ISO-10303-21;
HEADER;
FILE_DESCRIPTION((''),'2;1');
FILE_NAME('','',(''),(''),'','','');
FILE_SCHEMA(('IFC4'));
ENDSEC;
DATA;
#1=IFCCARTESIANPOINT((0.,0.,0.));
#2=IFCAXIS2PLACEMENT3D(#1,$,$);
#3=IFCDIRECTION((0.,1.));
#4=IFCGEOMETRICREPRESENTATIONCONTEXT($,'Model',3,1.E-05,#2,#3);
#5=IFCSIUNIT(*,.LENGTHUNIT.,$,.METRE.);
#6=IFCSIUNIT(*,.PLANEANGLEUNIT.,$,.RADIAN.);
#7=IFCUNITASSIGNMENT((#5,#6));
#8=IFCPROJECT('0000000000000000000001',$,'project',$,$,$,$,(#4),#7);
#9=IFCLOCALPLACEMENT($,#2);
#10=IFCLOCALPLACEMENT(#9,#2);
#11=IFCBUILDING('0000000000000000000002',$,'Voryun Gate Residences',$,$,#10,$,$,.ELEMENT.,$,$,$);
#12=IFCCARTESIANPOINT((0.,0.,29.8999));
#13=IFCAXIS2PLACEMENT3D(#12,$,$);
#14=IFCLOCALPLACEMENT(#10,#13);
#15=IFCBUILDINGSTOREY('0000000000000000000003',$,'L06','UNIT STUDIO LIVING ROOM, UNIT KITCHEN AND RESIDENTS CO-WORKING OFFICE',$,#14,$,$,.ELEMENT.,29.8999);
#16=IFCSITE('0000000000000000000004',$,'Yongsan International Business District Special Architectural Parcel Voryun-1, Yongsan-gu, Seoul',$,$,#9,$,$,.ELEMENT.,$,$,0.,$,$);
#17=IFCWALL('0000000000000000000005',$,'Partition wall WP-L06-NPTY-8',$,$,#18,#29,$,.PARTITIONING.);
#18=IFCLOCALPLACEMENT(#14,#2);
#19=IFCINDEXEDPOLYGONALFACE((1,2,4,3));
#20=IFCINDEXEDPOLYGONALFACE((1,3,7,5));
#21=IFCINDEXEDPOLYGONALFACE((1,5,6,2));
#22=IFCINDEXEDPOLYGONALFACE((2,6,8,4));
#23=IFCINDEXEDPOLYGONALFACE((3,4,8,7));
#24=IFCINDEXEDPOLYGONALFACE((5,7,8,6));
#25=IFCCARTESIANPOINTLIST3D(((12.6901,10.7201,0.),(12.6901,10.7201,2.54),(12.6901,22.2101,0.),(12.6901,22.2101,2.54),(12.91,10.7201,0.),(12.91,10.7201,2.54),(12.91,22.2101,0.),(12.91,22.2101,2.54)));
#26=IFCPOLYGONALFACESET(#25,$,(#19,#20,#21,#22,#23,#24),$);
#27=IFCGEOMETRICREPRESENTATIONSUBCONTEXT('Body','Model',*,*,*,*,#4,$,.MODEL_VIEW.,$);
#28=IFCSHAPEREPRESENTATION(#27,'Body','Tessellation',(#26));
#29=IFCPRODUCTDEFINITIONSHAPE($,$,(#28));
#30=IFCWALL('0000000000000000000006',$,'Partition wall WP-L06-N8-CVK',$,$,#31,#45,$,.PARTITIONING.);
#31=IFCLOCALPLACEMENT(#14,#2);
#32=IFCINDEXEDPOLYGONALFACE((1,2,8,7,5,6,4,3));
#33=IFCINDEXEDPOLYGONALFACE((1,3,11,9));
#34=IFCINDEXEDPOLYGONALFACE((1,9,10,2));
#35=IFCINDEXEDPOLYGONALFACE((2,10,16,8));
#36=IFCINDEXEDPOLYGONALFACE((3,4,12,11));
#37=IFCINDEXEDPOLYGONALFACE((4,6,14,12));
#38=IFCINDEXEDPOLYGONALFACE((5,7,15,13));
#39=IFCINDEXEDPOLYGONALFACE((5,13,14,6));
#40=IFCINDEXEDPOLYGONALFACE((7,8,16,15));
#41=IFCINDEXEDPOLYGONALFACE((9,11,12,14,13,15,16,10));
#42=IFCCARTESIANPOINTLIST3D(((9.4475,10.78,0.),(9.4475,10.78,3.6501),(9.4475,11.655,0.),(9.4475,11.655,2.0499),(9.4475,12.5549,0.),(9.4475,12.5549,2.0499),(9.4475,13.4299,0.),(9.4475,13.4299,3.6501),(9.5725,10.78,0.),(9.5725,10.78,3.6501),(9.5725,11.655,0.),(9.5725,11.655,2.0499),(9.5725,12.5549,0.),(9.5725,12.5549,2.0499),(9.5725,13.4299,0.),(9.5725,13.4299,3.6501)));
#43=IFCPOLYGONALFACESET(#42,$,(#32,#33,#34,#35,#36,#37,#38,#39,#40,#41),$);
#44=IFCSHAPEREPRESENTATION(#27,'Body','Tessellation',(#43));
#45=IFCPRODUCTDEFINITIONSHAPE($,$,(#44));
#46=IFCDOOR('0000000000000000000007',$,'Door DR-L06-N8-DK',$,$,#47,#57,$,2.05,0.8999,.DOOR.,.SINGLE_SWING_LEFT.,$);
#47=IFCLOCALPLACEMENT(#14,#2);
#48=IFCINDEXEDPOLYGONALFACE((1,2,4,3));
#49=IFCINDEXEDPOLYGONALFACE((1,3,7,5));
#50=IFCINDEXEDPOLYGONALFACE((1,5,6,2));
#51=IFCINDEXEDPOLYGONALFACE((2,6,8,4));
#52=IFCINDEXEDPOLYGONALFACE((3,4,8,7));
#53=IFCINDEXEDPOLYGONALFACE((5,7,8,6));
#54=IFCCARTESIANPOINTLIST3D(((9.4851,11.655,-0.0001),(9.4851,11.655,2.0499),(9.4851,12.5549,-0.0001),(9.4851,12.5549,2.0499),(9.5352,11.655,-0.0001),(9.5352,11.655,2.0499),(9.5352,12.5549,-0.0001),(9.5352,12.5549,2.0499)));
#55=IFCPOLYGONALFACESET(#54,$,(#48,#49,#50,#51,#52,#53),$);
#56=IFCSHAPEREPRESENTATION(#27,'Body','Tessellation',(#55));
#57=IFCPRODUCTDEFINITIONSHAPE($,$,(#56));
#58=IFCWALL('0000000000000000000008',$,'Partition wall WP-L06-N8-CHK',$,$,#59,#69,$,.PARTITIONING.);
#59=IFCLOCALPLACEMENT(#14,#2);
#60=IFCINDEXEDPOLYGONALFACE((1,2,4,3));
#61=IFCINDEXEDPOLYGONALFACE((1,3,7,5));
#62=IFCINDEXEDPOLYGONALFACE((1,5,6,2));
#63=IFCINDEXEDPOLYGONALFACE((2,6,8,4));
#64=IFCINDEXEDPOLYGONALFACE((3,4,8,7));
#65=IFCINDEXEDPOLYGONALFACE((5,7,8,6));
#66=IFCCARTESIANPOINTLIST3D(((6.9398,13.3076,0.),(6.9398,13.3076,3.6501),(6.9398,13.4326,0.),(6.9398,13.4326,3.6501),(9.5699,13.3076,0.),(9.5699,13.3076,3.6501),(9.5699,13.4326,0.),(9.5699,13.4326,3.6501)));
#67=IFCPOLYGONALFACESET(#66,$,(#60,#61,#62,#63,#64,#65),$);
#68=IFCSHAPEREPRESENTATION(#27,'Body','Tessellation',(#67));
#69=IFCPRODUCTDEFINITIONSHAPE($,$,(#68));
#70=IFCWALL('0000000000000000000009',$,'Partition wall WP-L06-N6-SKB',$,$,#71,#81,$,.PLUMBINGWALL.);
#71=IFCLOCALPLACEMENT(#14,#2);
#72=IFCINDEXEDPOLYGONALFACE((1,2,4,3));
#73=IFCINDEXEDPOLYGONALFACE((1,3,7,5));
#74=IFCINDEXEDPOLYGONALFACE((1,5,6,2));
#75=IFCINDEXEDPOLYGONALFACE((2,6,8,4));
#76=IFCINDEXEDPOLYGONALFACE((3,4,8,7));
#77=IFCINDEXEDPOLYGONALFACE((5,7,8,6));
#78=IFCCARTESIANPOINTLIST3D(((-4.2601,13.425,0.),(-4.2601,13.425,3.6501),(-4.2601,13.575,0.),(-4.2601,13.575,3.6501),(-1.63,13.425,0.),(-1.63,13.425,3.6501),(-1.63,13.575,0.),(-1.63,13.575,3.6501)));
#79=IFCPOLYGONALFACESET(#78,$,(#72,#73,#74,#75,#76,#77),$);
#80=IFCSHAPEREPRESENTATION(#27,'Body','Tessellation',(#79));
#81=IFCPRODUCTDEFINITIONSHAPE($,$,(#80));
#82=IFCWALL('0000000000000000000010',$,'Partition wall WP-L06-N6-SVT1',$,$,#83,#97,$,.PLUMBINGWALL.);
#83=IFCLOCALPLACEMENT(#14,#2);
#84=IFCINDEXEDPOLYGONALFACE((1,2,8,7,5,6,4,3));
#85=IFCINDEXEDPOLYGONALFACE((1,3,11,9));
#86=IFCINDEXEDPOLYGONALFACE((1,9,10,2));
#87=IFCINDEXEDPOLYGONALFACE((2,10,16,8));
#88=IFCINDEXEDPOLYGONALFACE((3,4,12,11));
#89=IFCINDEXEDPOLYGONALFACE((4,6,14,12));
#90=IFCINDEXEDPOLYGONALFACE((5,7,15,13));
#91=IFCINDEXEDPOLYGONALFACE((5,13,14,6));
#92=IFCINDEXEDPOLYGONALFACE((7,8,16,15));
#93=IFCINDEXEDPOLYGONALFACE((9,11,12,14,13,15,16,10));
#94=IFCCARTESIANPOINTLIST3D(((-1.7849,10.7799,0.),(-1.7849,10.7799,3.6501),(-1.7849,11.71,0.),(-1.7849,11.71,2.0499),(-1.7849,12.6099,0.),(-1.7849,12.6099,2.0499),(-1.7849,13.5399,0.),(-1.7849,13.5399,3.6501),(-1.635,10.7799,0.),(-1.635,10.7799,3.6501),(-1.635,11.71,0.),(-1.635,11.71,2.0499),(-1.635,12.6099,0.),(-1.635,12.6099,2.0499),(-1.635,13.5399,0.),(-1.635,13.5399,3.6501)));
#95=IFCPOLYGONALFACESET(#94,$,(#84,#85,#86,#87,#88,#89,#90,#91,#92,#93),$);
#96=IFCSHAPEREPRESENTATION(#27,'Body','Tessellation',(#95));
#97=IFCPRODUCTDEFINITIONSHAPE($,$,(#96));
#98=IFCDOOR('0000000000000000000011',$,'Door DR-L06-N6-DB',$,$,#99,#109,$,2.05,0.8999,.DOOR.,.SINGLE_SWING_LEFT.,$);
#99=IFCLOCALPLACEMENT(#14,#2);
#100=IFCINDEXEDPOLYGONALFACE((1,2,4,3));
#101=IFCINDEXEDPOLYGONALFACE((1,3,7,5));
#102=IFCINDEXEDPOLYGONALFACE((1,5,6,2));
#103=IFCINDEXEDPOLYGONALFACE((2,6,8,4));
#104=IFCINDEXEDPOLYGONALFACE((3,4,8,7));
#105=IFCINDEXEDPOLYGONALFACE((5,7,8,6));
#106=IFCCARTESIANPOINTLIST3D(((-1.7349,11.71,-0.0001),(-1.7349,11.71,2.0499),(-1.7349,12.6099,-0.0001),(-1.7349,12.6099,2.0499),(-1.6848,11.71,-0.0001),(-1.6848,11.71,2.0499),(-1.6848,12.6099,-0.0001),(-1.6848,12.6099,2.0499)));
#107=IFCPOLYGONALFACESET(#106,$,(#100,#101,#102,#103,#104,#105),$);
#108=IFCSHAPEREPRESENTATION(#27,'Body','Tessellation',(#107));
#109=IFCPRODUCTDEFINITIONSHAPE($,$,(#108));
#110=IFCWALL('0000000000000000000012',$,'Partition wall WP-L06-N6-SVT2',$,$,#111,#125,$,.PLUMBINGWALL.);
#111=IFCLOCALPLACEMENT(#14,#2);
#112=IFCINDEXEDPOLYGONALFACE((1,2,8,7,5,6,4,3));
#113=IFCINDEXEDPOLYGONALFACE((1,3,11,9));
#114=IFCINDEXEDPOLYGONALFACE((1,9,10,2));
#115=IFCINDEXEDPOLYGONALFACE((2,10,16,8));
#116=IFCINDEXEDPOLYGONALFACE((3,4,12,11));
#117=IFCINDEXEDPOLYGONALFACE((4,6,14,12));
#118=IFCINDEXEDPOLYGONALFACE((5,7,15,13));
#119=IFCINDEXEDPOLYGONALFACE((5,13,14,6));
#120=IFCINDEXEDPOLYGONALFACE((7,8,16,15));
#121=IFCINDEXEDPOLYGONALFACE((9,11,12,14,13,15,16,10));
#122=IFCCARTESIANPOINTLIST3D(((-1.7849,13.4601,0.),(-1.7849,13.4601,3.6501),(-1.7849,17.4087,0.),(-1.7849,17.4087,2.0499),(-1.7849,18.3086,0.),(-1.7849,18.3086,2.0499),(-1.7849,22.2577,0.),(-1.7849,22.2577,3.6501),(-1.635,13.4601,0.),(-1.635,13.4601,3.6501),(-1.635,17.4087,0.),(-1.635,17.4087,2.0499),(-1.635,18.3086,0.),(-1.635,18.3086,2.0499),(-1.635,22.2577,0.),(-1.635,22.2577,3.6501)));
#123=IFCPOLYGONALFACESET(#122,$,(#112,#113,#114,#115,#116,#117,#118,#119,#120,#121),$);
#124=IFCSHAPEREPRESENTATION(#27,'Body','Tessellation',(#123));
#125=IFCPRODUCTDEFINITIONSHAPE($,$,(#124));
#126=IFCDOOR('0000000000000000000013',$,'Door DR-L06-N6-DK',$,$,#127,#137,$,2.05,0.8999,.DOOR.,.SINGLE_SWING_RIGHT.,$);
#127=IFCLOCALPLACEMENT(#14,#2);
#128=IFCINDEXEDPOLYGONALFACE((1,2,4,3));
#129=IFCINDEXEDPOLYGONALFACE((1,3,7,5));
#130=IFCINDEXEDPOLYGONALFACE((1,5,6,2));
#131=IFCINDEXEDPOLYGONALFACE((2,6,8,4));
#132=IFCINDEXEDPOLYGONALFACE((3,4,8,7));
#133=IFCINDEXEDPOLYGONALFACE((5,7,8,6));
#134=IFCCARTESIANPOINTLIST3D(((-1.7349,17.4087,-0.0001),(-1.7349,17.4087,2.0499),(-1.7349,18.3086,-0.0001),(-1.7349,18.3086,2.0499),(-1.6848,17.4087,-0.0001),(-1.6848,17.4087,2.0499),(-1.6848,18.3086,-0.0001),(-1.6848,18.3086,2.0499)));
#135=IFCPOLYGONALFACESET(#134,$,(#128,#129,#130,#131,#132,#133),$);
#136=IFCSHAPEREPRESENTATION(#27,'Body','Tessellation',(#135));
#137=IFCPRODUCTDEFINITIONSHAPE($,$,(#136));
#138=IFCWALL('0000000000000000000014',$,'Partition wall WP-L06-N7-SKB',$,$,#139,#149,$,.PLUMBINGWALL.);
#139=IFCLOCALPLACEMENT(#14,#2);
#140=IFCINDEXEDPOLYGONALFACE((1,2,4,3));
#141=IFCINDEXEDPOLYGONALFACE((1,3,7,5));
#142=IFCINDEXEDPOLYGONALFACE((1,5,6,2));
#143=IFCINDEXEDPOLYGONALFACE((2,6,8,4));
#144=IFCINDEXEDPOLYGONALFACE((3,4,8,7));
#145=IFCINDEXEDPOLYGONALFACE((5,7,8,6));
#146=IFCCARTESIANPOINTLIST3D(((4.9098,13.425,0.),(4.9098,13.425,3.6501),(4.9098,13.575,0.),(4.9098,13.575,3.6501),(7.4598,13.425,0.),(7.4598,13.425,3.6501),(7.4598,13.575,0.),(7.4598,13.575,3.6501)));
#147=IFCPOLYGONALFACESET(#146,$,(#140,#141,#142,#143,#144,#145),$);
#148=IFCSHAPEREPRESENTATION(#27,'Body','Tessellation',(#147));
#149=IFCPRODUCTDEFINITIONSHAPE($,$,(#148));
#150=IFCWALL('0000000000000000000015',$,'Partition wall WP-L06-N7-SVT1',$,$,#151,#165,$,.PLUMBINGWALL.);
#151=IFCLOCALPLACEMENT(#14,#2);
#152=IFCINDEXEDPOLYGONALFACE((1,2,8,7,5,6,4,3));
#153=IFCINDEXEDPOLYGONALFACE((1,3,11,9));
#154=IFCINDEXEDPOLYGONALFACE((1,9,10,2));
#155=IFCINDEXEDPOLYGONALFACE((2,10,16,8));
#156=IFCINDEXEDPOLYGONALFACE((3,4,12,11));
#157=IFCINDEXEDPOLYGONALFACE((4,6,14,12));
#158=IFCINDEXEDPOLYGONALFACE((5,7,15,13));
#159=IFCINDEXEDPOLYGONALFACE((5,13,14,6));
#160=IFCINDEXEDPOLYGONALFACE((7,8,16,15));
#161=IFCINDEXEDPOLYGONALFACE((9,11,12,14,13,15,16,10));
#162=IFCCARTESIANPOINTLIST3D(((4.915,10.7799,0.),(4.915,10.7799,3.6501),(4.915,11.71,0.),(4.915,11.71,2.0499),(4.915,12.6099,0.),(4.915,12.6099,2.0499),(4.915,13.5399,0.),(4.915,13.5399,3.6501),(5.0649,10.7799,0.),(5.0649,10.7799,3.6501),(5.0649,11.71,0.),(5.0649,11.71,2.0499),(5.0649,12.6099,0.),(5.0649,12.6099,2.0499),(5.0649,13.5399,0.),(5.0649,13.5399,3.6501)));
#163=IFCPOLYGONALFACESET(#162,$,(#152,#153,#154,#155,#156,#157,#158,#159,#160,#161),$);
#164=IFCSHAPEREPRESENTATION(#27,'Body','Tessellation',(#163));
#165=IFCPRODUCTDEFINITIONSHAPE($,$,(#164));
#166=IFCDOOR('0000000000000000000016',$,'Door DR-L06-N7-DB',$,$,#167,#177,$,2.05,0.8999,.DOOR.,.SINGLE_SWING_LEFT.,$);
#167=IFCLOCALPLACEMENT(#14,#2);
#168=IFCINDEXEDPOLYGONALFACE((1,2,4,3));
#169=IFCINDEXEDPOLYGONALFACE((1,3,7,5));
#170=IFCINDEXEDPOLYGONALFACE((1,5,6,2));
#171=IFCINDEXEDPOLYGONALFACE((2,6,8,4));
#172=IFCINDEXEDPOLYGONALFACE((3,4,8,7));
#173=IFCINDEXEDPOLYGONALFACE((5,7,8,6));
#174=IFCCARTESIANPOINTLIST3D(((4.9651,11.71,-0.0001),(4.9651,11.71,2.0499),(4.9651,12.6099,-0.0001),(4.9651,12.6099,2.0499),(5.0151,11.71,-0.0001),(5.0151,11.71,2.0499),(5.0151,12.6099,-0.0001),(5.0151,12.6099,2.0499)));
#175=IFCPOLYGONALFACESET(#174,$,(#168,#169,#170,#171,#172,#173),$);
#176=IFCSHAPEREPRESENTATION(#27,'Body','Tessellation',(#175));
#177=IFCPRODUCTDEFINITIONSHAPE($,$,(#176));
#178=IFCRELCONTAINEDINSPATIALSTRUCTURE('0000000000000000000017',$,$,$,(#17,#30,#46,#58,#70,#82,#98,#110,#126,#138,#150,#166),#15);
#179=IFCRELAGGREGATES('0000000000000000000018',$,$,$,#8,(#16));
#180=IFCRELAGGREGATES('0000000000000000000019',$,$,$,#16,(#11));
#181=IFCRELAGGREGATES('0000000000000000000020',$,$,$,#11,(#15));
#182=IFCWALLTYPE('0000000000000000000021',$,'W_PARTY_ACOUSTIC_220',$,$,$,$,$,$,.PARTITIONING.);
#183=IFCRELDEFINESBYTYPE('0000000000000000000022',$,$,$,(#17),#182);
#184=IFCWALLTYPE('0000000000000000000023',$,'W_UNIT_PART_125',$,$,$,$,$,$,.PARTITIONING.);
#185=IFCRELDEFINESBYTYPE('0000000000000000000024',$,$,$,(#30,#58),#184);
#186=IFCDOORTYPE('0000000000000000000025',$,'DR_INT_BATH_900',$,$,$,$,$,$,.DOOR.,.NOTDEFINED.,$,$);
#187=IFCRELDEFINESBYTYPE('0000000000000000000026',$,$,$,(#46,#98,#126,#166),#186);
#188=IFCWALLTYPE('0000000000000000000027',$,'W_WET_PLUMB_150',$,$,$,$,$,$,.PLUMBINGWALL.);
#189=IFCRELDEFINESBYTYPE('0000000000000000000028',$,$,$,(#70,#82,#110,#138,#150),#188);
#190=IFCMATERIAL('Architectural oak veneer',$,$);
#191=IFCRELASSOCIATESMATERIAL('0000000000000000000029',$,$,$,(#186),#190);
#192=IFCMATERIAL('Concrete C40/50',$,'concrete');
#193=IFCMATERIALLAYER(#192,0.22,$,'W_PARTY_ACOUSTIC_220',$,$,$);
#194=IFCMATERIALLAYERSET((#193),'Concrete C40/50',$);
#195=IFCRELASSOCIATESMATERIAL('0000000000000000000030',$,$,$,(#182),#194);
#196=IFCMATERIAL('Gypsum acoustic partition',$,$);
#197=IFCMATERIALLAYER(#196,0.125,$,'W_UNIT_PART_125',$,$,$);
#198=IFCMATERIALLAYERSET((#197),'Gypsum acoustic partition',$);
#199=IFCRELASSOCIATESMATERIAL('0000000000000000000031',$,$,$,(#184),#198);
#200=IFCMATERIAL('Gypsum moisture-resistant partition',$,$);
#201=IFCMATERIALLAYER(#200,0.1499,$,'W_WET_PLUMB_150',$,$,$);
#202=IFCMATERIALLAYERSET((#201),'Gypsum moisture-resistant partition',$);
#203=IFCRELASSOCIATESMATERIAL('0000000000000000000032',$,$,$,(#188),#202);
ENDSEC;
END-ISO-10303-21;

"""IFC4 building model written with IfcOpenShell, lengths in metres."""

from ifc_helpers import new_model, si_unit, direction, frame, frame_2d, origin, place, context, subcontext, project, spatial, rectangle, extrude, material, layer, layer_set, type_object, element, fill, save


model = new_model("IFC4")

# Units and contexts
model_context = context("Model", 3, precision=1e-05, world=origin(), true_north=direction((0.0, 1.0)))
body_context = subcontext(model_context, "Body", "Model", "MODEL_VIEW")
ifc_project = project(units=[si_unit("LENGTHUNIT", "METRE"), si_unit("PLANEANGLEUNIT", "RADIAN")], contexts=[model_context])

# Site, building, storey
site_placement = place(None, origin())
site = spatial("IfcSite", under=ifc_project, at=site_placement, Name="Yongsan International Business District Special Architectural Parcel Voryun-1, Yongsan-gu, Seoul", CompositionType="ELEMENT", RefElevation=0.0)
building_placement = place(site_placement, origin())
building = spatial("IfcBuilding", under=site, at=building_placement, Name="Voryun Gate Residences", CompositionType="ELEMENT")
storey_placement = place(building_placement, frame((0.0, 0.0, 29.8999)))
storey = spatial("IfcBuildingStorey", under=building, at=storey_placement, Name="L06", Description="UNIT STUDIO LIVING ROOM, UNIT KITCHEN AND RESIDENTS CO-WORKING OFFICE", CompositionType="ELEMENT", Elevation=29.8999)

# Shared definitions
ifc_material_1 = material(Name="Architectural oak veneer")
door_type = type_object("IfcDoorType", Name="DR_INT_BATH_900", OperationType="NOTDEFINED", PredefinedType="DOOR", material=ifc_material_1)

# Wall
ifc_material_2 = material(Name="Concrete C40/50", Category="concrete")
ifc_layer_1 = layer(ifc_material_2, 0.22, Name="W_PARTY_ACOUSTIC_220")
ifc_layer_set_1 = layer_set([ifc_layer_1], Name="Concrete C40/50")
wall_type_1 = type_object("IfcWallType", Name="W_PARTY_ACOUSTIC_220", PredefinedType="PARTITIONING", material=ifc_layer_set_1)
wall_1_placement = place(storey_placement, frame((12.8, 10.72, 0.0), z_axis=(0.0, 0.0, 1.0), x_axis=(0.0, 1.0, 0.0)))
element("IfcWall", 1, at=wall_1_placement, inside=storey, type_object=wall_type_1, Name="Partition wall WP-L06-NPTY-8", PredefinedType="PARTITIONING", context=body_context, shape_type="SweptSolid", body=[
    extrude(rectangle(XDim=11.49, YDim=0.22, at=frame_2d((5.7451, 0.0))), origin(), (0.0, 0.0, 1.0), 2.54),
])

# Wall, opening, door
ifc_material_3 = material(Name="Gypsum acoustic partition")
ifc_layer_2 = layer(ifc_material_3, 0.125, Name="W_UNIT_PART_125")
ifc_layer_set_2 = layer_set([ifc_layer_2], Name="Gypsum acoustic partition")
wall_type_2 = type_object("IfcWallType", Name="W_UNIT_PART_125", PredefinedType="PARTITIONING", material=ifc_layer_set_2)
wall_2_placement = place(storey_placement, frame((9.51, 10.78, 0.0), z_axis=(0.0, 0.0, 1.0), x_axis=(0.0, 1.0, 0.0)))
wall_2 = element("IfcWall", 2, at=wall_2_placement, inside=storey, type_object=wall_type_2, Name="Partition wall WP-L06-N8-CVK", PredefinedType="PARTITIONING", context=body_context, shape_type="SweptSolid", body=[
    extrude(rectangle(XDim=2.6499, YDim=0.125, at=frame_2d((1.325, 0.0))), origin(), (0.0, 0.0, 1.0), 3.6501),
])
opening_1_placement = place(wall_2_placement, frame((0.875, 0.0, 0.0)))
opening_1 = element("IfcOpeningElement", 3, at=opening_1_placement, cuts=wall_2, PredefinedType="OPENING", context=body_context, shape_type="SweptSolid", body=[
    extrude(rectangle(XDim=0.8999, YDim=2.05, at=frame_2d((0.45, 1.0249))), frame((0.0, 0.0725, 0.0), z_axis=(0.0, -1.0, 0.0), x_axis=(1.0, 0.0, 0.0)), (0.0, 0.0, 1.0), 0.145),
])
door_1_placement = place(opening_1_placement, origin())
door_1 = element("IfcDoor", 4, at=door_1_placement, inside=storey, type_object=door_type, Name="Door DR-L06-N8-DK", OperationType="SINGLE_SWING_LEFT", OverallHeight=2.05, OverallWidth=0.8999, PredefinedType="DOOR", context=body_context, shape_type="SweptSolid", body=[
    extrude(rectangle(XDim=0.8999, YDim=2.05, at=frame_2d((0.45, 1.0249))), frame((0.0, 0.0249, 0.0), z_axis=(0.0, -1.0, 0.0), x_axis=(1.0, 0.0, 0.0)), (0.0, 0.0, 1.0), 0.05),
])
fill(opening_1, door_1)

# Walls
wall_3_placement = place(storey_placement, frame((6.9399, 13.3701, 0.0), z_axis=(0.0, 0.0, 1.0), x_axis=(1.0, 0.0, 0.0)))
element("IfcWall", 5, at=wall_3_placement, inside=storey, type_object=wall_type_2, Name="Partition wall WP-L06-N8-CHK", PredefinedType="PARTITIONING", context=body_context, shape_type="SweptSolid", body=[
    extrude(rectangle(XDim=2.6301, YDim=0.125, at=frame_2d((1.3149, 0.0))), origin(), (0.0, 0.0, 1.0), 3.6501),
])
ifc_material_4 = material(Name="Gypsum moisture-resistant partition")
ifc_layer_3 = layer(ifc_material_4, 0.1499, Name="W_WET_PLUMB_150")
ifc_layer_set_3 = layer_set([ifc_layer_3], Name="Gypsum moisture-resistant partition")
wall_type_3 = type_object("IfcWallType", Name="W_WET_PLUMB_150", PredefinedType="PLUMBINGWALL", material=ifc_layer_set_3)
wall_4_placement = place(storey_placement, frame((-4.26, 13.5, 0.0), z_axis=(0.0, 0.0, 1.0), x_axis=(1.0, 0.0, 0.0)))
element("IfcWall", 6, at=wall_4_placement, inside=storey, type_object=wall_type_3, Name="Partition wall WP-L06-N6-SKB", PredefinedType="PLUMBINGWALL", context=body_context, shape_type="SweptSolid", body=[
    extrude(rectangle(XDim=2.6301, YDim=0.1499, at=frame_2d((1.3149, 0.0))), origin(), (0.0, 0.0, 1.0), 3.6501),
])

# Walls, openings, doors
wall_5_placement = place(storey_placement, frame((-1.71, 10.78, 0.0), z_axis=(0.0, 0.0, 1.0), x_axis=(0.0, 1.0, 0.0)))
wall_5 = element("IfcWall", 7, at=wall_5_placement, inside=storey, type_object=wall_type_3, Name="Partition wall WP-L06-N6-SVT1", PredefinedType="PLUMBINGWALL", context=body_context, shape_type="SweptSolid", body=[
    extrude(rectangle(XDim=2.76, YDim=0.1499, at=frame_2d((1.3799, 0.0))), origin(), (0.0, 0.0, 1.0), 3.6501),
])
opening_2_placement = place(wall_5_placement, frame((0.9299, 0.0, 0.0)))
opening_2 = element("IfcOpeningElement", 8, at=opening_2_placement, cuts=wall_5, PredefinedType="OPENING", context=body_context, shape_type="SweptSolid", body=[
    extrude(rectangle(XDim=0.8999, YDim=2.05, at=frame_2d((0.45, 1.0249))), frame((0.0, 0.085, 0.0), z_axis=(0.0, -1.0, 0.0), x_axis=(1.0, 0.0, 0.0)), (0.0, 0.0, 1.0), 0.1699),
])
door_2_placement = place(opening_2_placement, origin())
door_2 = element("IfcDoor", 9, at=door_2_placement, inside=storey, type_object=door_type, Name="Door DR-L06-N6-DB", OperationType="SINGLE_SWING_LEFT", OverallHeight=2.05, OverallWidth=0.8999, PredefinedType="DOOR", context=body_context, shape_type="SweptSolid", body=[
    extrude(rectangle(XDim=0.8999, YDim=2.05, at=frame_2d((0.45, 1.0249))), frame((0.0, 0.0249, 0.0), z_axis=(0.0, -1.0, 0.0), x_axis=(1.0, 0.0, 0.0)), (0.0, 0.0, 1.0), 0.05),
])
fill(opening_2, door_2)
wall_6_placement = place(storey_placement, frame((-1.71, 13.46, 0.0), z_axis=(0.0, 0.0, 1.0), x_axis=(0.0, 1.0, 0.0)))
wall_6 = element("IfcWall", 10, at=wall_6_placement, inside=storey, type_object=wall_type_3, Name="Partition wall WP-L06-N6-SVT2", PredefinedType="PLUMBINGWALL", context=body_context, shape_type="SweptSolid", body=[
    extrude(rectangle(XDim=8.7976, YDim=0.1499, at=frame_2d((4.3989, 0.0))), origin(), (0.0, 0.0, 1.0), 3.6501),
])
opening_3_placement = place(wall_6_placement, frame((3.9487, 0.0, 0.0)))
opening_3 = element("IfcOpeningElement", 11, at=opening_3_placement, cuts=wall_6, PredefinedType="OPENING", context=body_context, shape_type="SweptSolid", body=[
    extrude(rectangle(XDim=0.8999, YDim=2.05, at=frame_2d((0.45, 1.0249))), frame((0.0, 0.085, 0.0), z_axis=(0.0, -1.0, 0.0), x_axis=(1.0, 0.0, 0.0)), (0.0, 0.0, 1.0), 0.1699),
])
door_3_placement = place(opening_3_placement, origin())
door_3 = element("IfcDoor", 12, at=door_3_placement, inside=storey, type_object=door_type, Name="Door DR-L06-N6-DK", OperationType="SINGLE_SWING_RIGHT", OverallHeight=2.05, OverallWidth=0.8999, PredefinedType="DOOR", context=body_context, shape_type="SweptSolid", body=[
    extrude(rectangle(XDim=0.8999, YDim=2.05, at=frame_2d((0.45, 1.0249))), frame((0.0, 0.0249, 0.0), z_axis=(0.0, -1.0, 0.0), x_axis=(1.0, 0.0, 0.0)), (0.0, 0.0, 1.0), 0.05),
])
fill(opening_3, door_3)

# Wall
wall_7_placement = place(storey_placement, frame((4.9099, 13.5, 0.0), z_axis=(0.0, 0.0, 1.0), x_axis=(1.0, 0.0, 0.0)))
element("IfcWall", 13, at=wall_7_placement, inside=storey, type_object=wall_type_3, Name="Partition wall WP-L06-N7-SKB", PredefinedType="PLUMBINGWALL", context=body_context, shape_type="SweptSolid", body=[
    extrude(rectangle(XDim=2.55, YDim=0.1499, at=frame_2d((1.2749, 0.0))), origin(), (0.0, 0.0, 1.0), 3.6501),
])

# Wall, opening, door
wall_8_placement = place(storey_placement, frame((4.99, 10.78, 0.0), z_axis=(0.0, 0.0, 1.0), x_axis=(0.0, 1.0, 0.0)))
wall_8 = element("IfcWall", 14, at=wall_8_placement, inside=storey, type_object=wall_type_3, Name="Partition wall WP-L06-N7-SVT1", PredefinedType="PLUMBINGWALL", context=body_context, shape_type="SweptSolid", body=[
    extrude(rectangle(XDim=2.76, YDim=0.1499, at=frame_2d((1.3799, 0.0))), origin(), (0.0, 0.0, 1.0), 3.6501),
])
opening_4_placement = place(wall_8_placement, frame((0.9299, 0.0, 0.0)))
opening_4 = element("IfcOpeningElement", 15, at=opening_4_placement, cuts=wall_8, PredefinedType="OPENING", context=body_context, shape_type="SweptSolid", body=[
    extrude(rectangle(XDim=0.8999, YDim=2.05, at=frame_2d((0.45, 1.0249))), frame((0.0, 0.085, 0.0), z_axis=(0.0, -1.0, 0.0), x_axis=(1.0, 0.0, 0.0)), (0.0, 0.0, 1.0), 0.1699),
])
door_4_placement = place(opening_4_placement, origin())
door_4 = element("IfcDoor", 16, at=door_4_placement, inside=storey, type_object=door_type, Name="Door DR-L06-N7-DB", OperationType="SINGLE_SWING_LEFT", OverallHeight=2.05, OverallWidth=0.8999, PredefinedType="DOOR", context=body_context, shape_type="SweptSolid", body=[
    extrude(rectangle(XDim=0.8999, YDim=2.05, at=frame_2d((0.45, 1.0249))), frame((0.0, 0.0249, 0.0), z_axis=(0.0, -1.0, 0.0), x_axis=(1.0, 0.0, 0.0)), (0.0, 0.0, 1.0), 0.05),
])
fill(opening_4, door_4)

save(model, "model.ifc")
